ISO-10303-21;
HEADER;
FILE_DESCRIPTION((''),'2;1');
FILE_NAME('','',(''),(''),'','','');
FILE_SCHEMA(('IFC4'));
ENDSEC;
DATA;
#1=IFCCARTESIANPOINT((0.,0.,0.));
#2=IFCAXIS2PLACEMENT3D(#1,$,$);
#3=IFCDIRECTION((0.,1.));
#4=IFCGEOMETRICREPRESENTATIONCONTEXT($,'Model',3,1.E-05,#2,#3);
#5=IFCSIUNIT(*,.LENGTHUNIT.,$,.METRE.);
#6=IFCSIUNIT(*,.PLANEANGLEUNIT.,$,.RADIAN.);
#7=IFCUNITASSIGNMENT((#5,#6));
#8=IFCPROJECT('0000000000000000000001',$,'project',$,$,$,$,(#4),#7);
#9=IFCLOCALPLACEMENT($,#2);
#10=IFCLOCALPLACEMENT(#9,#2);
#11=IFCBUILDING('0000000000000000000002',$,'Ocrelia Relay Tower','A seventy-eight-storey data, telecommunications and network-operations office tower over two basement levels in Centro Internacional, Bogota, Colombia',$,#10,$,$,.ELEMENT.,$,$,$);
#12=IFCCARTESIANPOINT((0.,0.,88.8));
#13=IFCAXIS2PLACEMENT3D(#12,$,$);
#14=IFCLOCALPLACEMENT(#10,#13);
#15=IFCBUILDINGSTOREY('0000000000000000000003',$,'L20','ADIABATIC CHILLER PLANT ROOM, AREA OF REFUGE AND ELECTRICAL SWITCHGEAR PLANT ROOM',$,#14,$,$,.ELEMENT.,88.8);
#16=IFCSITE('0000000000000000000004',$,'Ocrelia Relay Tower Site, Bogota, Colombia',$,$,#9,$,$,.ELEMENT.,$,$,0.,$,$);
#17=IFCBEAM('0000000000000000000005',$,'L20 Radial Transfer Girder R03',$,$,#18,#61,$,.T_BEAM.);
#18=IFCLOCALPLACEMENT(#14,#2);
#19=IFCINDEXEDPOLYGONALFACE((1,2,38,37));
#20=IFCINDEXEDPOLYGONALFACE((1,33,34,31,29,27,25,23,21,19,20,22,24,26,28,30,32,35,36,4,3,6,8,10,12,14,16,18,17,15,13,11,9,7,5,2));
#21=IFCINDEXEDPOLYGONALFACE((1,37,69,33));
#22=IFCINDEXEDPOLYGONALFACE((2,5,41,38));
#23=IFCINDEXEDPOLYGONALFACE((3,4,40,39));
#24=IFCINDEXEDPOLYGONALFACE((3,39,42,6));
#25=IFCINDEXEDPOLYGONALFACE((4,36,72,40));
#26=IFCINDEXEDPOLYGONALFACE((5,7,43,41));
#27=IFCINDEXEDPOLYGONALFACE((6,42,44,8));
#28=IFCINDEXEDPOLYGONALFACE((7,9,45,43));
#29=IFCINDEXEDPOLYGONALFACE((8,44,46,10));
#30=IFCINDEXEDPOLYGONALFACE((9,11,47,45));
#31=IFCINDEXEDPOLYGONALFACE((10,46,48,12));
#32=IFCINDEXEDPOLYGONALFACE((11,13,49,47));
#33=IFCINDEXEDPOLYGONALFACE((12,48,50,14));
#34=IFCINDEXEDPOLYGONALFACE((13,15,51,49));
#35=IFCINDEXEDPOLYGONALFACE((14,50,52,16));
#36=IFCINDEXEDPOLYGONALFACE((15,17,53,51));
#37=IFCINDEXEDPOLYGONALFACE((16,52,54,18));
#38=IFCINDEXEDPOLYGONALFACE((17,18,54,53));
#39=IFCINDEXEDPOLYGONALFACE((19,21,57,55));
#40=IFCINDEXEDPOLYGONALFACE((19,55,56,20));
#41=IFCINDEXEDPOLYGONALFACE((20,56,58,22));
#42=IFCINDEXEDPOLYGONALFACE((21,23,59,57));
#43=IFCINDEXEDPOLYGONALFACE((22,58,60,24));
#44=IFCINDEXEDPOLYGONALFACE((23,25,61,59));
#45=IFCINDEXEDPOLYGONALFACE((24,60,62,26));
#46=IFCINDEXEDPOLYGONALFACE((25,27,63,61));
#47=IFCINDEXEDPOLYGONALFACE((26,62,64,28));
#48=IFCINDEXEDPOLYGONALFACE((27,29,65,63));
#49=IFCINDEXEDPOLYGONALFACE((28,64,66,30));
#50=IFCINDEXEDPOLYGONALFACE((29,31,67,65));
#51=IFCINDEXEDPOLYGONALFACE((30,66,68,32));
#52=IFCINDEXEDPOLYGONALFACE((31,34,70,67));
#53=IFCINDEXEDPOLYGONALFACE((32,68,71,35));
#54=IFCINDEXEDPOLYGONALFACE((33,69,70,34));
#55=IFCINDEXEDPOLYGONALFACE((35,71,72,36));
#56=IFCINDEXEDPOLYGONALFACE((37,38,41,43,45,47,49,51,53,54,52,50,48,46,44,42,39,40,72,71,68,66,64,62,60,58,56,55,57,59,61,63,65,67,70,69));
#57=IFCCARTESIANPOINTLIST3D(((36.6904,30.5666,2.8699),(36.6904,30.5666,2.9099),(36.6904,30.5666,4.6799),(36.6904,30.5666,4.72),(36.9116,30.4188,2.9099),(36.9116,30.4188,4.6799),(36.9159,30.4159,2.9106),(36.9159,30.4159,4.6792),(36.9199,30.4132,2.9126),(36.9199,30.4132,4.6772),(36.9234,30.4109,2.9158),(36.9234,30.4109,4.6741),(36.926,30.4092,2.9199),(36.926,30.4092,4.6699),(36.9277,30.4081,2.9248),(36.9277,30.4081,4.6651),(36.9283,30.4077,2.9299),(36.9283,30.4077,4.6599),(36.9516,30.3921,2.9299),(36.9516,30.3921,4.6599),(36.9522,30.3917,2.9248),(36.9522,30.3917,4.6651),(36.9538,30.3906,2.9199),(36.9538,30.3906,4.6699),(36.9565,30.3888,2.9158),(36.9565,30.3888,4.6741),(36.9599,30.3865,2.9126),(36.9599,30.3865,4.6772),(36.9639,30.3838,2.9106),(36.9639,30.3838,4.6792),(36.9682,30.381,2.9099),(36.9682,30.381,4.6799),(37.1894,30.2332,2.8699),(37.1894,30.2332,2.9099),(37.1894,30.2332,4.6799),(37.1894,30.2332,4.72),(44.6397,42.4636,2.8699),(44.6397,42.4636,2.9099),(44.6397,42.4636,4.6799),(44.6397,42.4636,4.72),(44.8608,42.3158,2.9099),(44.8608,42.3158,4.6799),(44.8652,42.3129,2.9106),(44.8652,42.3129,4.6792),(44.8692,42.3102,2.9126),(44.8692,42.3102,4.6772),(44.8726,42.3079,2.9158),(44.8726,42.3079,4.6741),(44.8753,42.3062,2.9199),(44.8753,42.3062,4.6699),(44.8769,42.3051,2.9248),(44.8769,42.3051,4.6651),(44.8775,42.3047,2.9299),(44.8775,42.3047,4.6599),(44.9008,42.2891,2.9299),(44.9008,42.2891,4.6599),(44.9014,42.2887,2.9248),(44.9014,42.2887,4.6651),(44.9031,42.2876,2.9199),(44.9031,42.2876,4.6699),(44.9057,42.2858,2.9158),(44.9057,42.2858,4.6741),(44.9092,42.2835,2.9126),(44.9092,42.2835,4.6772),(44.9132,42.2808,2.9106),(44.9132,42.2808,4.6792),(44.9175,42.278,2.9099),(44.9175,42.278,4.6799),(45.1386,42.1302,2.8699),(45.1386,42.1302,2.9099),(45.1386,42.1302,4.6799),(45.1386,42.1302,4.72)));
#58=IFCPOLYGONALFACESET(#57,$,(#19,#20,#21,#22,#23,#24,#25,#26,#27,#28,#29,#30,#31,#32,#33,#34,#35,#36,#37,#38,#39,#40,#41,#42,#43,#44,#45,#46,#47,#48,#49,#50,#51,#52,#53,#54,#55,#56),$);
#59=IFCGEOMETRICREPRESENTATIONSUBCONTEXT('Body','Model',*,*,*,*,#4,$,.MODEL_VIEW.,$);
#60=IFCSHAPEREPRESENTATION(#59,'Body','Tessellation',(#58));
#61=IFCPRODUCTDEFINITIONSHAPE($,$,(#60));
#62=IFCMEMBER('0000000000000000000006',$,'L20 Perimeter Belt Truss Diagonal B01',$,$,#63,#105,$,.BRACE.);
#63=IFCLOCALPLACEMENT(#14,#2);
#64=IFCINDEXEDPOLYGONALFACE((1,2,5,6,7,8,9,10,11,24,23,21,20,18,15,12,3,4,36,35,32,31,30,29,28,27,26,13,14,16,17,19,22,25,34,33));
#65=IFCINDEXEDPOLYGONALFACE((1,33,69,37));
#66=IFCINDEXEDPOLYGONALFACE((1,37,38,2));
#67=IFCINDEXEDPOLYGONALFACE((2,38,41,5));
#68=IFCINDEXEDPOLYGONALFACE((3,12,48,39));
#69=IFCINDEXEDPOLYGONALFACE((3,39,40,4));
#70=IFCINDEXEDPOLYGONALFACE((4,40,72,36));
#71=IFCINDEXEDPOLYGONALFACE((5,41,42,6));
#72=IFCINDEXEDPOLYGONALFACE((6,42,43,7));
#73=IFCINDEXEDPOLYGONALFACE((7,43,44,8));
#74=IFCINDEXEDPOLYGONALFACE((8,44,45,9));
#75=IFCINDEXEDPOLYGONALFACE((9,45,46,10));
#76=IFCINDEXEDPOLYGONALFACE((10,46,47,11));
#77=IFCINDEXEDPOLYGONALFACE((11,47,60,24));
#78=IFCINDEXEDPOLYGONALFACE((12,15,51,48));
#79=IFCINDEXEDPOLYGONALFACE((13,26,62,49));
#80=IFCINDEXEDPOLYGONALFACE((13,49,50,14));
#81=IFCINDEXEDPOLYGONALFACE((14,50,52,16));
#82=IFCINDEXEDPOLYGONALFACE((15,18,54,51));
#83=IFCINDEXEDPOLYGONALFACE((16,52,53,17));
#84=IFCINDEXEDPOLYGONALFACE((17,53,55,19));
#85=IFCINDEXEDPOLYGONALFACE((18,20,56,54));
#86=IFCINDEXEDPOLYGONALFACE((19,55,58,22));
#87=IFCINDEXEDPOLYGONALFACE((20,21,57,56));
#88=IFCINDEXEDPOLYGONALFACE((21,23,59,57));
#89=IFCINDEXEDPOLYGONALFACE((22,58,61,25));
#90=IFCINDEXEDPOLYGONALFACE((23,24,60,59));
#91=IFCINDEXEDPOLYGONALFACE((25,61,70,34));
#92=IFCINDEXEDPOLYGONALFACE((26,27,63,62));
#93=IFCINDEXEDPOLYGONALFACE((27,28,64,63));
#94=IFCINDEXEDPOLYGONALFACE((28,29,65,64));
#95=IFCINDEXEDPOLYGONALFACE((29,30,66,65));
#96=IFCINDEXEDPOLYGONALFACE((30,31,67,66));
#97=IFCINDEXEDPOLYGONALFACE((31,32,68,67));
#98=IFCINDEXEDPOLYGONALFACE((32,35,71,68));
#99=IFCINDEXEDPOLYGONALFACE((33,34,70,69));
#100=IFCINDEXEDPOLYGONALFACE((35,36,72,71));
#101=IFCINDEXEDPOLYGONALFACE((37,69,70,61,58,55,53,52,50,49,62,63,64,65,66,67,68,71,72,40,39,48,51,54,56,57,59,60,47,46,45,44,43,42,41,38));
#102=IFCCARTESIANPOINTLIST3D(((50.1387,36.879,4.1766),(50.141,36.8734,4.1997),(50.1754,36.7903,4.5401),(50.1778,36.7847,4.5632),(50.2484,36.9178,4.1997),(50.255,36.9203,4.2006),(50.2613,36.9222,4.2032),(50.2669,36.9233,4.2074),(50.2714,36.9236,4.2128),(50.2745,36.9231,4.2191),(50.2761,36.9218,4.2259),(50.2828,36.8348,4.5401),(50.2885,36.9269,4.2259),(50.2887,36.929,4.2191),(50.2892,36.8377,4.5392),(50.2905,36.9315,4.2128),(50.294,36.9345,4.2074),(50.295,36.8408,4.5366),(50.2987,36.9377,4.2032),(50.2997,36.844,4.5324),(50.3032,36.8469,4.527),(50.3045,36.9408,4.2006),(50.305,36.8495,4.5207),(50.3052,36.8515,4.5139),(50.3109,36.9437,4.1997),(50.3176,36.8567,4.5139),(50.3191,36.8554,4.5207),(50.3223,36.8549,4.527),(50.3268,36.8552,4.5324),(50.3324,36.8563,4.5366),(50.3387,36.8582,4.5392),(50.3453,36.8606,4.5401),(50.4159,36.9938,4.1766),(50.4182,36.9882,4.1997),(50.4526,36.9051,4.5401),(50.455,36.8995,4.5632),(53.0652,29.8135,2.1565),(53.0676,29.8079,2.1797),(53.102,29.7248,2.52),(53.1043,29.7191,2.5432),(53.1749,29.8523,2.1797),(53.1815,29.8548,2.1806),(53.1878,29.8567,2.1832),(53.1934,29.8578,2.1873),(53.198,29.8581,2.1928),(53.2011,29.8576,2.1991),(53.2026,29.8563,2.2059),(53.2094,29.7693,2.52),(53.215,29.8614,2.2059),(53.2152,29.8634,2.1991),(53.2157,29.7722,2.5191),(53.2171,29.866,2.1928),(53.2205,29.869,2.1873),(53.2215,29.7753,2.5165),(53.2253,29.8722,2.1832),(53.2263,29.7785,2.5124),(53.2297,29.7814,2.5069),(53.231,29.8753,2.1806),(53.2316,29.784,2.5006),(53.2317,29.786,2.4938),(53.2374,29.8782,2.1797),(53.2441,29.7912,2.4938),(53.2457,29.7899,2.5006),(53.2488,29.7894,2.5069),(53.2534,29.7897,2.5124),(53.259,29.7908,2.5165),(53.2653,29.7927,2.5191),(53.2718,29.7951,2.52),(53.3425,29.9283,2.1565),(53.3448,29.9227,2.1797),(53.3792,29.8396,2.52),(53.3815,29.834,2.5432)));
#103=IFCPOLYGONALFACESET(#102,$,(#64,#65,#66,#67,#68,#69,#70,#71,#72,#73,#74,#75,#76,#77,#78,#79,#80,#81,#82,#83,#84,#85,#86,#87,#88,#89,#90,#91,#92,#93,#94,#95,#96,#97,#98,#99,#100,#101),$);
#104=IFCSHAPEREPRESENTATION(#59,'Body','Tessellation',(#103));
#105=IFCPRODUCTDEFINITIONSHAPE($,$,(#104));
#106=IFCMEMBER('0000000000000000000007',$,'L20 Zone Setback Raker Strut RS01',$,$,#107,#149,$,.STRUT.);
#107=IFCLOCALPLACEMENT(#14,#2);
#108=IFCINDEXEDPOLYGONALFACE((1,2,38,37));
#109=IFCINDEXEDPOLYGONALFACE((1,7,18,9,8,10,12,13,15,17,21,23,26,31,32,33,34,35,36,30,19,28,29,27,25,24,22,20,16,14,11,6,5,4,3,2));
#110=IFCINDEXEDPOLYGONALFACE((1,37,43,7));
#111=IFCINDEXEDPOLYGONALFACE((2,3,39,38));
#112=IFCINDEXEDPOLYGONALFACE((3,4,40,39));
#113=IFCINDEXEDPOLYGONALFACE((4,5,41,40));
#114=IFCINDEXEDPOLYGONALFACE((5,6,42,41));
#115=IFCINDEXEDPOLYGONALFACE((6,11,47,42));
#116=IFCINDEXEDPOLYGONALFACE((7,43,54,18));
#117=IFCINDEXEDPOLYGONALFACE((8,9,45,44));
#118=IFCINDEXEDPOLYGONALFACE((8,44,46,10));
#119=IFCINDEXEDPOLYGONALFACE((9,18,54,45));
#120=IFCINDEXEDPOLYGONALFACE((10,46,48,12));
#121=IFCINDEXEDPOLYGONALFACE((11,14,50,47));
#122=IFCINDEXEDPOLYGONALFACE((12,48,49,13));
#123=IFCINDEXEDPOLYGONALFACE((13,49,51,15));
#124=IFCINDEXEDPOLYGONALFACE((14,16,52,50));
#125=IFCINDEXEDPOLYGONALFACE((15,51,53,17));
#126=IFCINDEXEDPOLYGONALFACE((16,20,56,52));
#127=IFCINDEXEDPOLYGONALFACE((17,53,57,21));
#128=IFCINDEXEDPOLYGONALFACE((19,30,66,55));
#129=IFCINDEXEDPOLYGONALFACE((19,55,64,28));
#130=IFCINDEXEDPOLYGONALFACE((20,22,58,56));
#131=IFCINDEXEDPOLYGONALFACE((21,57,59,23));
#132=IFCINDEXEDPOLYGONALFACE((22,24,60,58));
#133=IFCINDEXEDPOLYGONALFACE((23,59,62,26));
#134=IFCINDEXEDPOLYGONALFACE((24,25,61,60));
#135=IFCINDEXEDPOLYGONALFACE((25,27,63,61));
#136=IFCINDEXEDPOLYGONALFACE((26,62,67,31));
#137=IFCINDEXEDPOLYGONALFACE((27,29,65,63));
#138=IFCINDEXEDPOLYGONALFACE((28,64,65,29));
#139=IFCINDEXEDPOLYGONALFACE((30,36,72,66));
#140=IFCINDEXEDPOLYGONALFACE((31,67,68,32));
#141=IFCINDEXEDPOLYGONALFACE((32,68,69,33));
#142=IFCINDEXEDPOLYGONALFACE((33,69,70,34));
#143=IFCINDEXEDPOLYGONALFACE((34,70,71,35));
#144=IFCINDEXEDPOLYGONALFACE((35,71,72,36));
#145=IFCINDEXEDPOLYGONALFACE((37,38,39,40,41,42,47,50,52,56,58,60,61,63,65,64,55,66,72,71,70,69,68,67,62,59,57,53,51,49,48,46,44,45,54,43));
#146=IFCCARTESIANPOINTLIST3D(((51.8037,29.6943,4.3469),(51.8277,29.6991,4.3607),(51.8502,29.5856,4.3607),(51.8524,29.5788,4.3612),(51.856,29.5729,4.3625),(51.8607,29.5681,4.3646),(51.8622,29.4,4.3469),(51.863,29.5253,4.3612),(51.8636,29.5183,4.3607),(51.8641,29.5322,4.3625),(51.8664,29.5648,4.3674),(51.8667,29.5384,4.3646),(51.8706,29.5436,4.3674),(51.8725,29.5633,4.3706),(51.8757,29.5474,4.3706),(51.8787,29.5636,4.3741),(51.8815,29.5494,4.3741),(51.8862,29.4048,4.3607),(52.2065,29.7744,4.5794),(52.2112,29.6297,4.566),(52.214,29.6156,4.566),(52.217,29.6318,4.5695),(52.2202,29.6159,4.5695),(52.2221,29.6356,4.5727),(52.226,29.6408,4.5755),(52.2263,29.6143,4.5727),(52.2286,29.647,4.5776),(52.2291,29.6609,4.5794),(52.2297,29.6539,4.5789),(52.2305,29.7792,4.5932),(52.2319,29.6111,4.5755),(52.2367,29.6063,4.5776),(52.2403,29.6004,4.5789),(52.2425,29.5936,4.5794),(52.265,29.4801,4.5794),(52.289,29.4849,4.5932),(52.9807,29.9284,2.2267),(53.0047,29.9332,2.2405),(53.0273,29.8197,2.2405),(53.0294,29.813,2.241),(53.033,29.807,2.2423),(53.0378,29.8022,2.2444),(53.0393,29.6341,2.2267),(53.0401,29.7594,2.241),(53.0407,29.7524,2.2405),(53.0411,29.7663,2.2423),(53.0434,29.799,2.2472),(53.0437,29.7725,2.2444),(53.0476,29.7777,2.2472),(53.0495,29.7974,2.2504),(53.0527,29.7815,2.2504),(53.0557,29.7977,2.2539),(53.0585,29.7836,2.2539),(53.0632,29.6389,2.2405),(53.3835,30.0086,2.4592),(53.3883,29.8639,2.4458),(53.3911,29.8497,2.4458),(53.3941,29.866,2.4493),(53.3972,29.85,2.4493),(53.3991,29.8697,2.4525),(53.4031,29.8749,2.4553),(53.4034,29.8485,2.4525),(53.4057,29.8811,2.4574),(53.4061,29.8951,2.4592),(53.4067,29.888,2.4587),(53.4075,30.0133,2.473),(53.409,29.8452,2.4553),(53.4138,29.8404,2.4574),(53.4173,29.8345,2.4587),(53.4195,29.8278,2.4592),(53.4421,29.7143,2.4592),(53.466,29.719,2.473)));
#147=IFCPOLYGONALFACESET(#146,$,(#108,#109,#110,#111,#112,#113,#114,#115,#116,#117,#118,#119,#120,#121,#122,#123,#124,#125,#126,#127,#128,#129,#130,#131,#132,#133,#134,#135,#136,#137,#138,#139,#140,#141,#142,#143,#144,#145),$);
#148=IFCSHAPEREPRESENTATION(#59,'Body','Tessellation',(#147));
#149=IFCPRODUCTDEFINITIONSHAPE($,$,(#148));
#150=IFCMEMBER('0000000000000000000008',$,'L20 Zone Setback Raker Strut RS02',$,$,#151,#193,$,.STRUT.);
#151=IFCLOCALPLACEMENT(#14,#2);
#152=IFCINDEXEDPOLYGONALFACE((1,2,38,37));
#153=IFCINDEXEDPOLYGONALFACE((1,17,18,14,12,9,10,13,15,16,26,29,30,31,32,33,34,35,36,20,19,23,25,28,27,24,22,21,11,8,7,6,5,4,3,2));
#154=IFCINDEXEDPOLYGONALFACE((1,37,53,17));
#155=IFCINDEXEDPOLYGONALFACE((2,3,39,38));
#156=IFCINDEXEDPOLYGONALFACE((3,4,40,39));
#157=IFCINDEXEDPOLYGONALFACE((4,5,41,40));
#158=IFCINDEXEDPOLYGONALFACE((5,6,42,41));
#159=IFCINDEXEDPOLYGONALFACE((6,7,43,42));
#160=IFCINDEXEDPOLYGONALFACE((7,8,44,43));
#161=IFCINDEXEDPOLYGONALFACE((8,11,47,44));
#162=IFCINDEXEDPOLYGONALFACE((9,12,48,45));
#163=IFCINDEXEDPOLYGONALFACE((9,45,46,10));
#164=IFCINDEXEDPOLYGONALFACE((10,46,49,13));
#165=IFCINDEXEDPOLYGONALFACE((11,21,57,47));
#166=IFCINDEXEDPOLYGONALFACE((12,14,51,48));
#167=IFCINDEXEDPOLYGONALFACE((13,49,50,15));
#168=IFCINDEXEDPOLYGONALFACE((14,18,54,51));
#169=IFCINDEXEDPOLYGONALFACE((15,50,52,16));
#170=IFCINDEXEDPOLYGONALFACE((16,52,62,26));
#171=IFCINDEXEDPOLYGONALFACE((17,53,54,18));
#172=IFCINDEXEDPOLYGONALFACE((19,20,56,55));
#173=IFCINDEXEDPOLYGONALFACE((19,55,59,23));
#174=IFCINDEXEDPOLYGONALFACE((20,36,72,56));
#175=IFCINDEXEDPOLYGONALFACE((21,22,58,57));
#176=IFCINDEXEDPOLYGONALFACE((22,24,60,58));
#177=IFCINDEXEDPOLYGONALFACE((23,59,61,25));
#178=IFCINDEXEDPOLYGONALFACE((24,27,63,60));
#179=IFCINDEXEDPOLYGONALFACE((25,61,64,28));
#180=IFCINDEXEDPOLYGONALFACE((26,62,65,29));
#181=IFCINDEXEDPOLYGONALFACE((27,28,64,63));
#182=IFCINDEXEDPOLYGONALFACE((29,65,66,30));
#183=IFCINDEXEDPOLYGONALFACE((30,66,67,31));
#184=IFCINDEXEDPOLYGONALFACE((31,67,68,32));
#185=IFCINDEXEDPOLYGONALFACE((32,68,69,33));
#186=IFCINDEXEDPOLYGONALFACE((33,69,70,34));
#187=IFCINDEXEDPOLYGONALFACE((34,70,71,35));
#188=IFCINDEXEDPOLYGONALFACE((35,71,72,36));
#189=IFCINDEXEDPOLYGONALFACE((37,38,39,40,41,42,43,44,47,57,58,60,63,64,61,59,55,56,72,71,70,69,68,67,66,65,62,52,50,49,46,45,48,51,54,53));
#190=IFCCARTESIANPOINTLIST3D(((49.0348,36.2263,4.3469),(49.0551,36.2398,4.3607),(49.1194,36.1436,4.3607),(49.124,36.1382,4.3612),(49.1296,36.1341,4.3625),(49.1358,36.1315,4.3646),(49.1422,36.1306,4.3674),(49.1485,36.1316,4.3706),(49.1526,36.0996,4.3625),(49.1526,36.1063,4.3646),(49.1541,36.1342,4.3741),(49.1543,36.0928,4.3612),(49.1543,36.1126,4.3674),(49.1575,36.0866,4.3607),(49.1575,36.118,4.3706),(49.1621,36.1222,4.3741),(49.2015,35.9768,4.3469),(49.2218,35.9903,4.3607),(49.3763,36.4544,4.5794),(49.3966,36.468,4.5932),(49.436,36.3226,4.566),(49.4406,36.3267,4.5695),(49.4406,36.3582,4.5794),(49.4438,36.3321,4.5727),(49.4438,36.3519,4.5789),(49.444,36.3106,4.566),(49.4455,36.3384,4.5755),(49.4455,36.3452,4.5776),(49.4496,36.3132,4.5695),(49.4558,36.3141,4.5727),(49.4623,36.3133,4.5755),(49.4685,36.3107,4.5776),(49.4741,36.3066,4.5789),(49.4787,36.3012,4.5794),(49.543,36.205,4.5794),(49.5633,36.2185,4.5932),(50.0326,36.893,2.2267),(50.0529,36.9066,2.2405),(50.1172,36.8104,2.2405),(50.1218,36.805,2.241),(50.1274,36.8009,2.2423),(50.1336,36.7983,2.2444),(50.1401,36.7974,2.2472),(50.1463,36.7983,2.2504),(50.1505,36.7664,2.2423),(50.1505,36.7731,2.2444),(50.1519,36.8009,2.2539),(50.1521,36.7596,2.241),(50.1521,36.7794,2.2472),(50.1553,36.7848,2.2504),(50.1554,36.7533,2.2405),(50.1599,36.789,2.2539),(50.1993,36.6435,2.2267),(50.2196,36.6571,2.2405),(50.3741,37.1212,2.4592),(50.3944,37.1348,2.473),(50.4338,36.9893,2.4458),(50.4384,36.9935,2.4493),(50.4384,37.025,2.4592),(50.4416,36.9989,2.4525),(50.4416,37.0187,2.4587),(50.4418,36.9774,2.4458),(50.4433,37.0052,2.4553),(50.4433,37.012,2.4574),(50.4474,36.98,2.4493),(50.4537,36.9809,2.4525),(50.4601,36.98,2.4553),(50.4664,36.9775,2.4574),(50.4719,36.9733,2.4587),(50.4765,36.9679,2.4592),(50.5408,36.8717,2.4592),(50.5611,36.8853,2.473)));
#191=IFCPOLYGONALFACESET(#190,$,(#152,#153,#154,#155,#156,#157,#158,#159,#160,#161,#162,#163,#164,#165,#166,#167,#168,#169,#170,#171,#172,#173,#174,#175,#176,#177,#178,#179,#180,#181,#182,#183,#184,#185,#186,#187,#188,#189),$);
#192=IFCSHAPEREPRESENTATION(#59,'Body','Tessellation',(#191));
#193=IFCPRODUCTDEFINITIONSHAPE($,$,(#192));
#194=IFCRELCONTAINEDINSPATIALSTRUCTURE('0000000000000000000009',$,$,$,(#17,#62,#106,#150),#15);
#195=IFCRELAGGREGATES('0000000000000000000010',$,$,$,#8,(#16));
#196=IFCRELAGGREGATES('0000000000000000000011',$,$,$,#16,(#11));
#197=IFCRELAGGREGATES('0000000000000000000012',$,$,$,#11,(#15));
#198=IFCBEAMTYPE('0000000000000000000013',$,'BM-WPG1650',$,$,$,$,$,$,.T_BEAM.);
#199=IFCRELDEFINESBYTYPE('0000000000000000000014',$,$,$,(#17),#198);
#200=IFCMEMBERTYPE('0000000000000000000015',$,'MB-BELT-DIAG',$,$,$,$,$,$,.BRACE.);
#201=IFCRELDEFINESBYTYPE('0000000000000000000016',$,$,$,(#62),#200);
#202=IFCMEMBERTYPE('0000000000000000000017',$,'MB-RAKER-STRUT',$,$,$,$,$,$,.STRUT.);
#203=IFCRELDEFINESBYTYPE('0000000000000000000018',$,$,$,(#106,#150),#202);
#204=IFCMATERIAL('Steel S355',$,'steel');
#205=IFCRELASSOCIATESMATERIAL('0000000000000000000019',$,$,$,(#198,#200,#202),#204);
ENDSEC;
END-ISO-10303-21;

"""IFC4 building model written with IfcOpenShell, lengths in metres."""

from ifc_helpers import new_model, si_unit, direction, frame, origin, origin_2d, place, context, subcontext, project, spatial, i_section, extrude, material, material_profile, profile_set, type_object, element, save


model = new_model("IFC4")

# Units and contexts
model_context = context("Model", 3, precision=1e-05, world=origin(), true_north=direction((0.0, 1.0)))
body_context = subcontext(model_context, "Body", "Model", "MODEL_VIEW")
ifc_project = project(units=[si_unit("LENGTHUNIT", "METRE"), si_unit("PLANEANGLEUNIT", "RADIAN")], contexts=[model_context])

# Site, building, storey
site_placement = place(None, origin())
site = spatial("IfcSite", under=ifc_project, at=site_placement, Name="Ocrelia Relay Tower Site, Bogota, Colombia", CompositionType="ELEMENT", RefElevation=0.0)
building_placement = place(site_placement, origin())
building = spatial("IfcBuilding", under=site, at=building_placement, Name="Ocrelia Relay Tower", Description="A seventy-eight-storey data, telecommunications and network-operations office tower over two basement levels in Centro Internacional, Bogota, Colombia", CompositionType="ELEMENT")
storey_placement = place(building_placement, frame((0.0, 0.0, 88.8)))
storey = spatial("IfcBuildingStorey", under=building, at=storey_placement, Name="L20", Description="ADIABATIC CHILLER PLANT ROOM, AREA OF REFUGE AND ELECTRICAL SWITCHGEAR PLANT ROOM", CompositionType="ELEMENT", Elevation=88.8)

# Beam
ifc_material_1 = material(Name="Steel S355", Category="steel")
ifc_material_profile_1 = material_profile(ifc_material_1, i_section(OverallWidth=0.6001, OverallDepth=1.8501, WebThickness=0.0281, FlangeThickness=0.04, FilletRadius=0.02, at=origin_2d()), Name="WPG 1850x600")
ifc_profile_set_1 = profile_set([ifc_material_profile_1], Name="Steel S355")
beam_type_1 = type_object("IfcBeamType", Name="BM-WPG1650", PredefinedType="T_BEAM", material=ifc_profile_set_1)
beam_1_placement = place(storey_placement, frame((44.8892, 42.2969, 3.7949), z_axis=(-0.555566, -0.831472, 0.0), x_axis=(0.831472, -0.555566, 0.0)))
element("IfcBeam", 1, at=beam_1_placement, inside=storey, type_object=beam_type_1, Name="L20 Radial Transfer Girder R03", PredefinedType="T_BEAM", context=body_context, shape_type="SweptSolid", body=[
    extrude(i_section(OverallWidth=0.6001, OverallDepth=1.8501, WebThickness=0.0281, FlangeThickness=0.04, FilletRadius=0.02, at=origin_2d()), origin(), (0.0, 0.0, 1.0), 14.3083),
])

# Members
ifc_material_profile_2 = material_profile(ifc_material_1, i_section(OverallWidth=0.3, OverallDepth=0.3999, WebThickness=0.0134, FlangeThickness=0.0239, FilletRadius=0.0271, at=origin_2d()), Name="HEB 400")
ifc_profile_set_2 = profile_set([ifc_material_profile_2], Name="Steel S355")
member_type_1 = type_object("IfcMemberType", Name="MB-BELT-DIAG", PredefinedType="BRACE", material=ifc_profile_set_2)
member_placement = place(storey_placement, frame((53.2234, 29.8237, 2.3499), z_axis=(-0.369985, 0.893248, 0.255381), x_axis=(-0.923883, -0.382674, 0.0)))
element("IfcMember", 2, at=member_placement, inside=storey, type_object=member_type_1, Name="L20 Perimeter Belt Truss Diagonal B01", PredefinedType="BRACE", context=body_context, shape_type="SweptSolid", body=[
    extrude(i_section(OverallWidth=0.3, OverallDepth=0.3999, WebThickness=0.0134, FlangeThickness=0.0239, FilletRadius=0.0271, at=origin_2d()), origin(), (0.0, 0.0, 1.0), 7.9099),
])
ifc_material_profile_3 = material_profile(ifc_material_1, i_section(OverallWidth=0.3, OverallDepth=0.5, WebThickness=0.0144, FlangeThickness=0.0281, FilletRadius=0.0271, at=origin_2d()), Name="HEB 500")
ifc_profile_set_3 = profile_set([ifc_material_profile_3], Name="Steel S355")
member_type_2 = type_object("IfcMemberType", Name="MB-RAKER-STRUT", PredefinedType="STRUT", material=ifc_profile_set_3)
for number, where, z_axis, x_axis, name in (
    (3, (53.2234, 29.8237, 2.3499), (-0.483131, -0.096105, 0.870257), (0.195099, -0.980784, 0.0), "L20 Zone Setback Raker Strut RS01"),
    (4, (50.2969, 36.8892, 2.3499), (-0.409574, -0.273684, 0.870257), (0.555592, -0.831455, 0.0), "L20 Zone Setback Raker Strut RS02"),
):
    element("IfcMember", number, at=place(storey_placement, frame(where, z_axis=z_axis, x_axis=x_axis)), inside=storey, type_object=member_type_2, Name=name, PredefinedType="STRUT", context=body_context, shape_type="SweptSolid", body=[
        extrude(i_section(OverallWidth=0.3, OverallDepth=0.5, WebThickness=0.0144, FlangeThickness=0.0281, FilletRadius=0.0271, at=origin_2d()), origin(), (0.0, 0.0, 1.0), 2.4363),
    ])

save(model, "model.ifc")
